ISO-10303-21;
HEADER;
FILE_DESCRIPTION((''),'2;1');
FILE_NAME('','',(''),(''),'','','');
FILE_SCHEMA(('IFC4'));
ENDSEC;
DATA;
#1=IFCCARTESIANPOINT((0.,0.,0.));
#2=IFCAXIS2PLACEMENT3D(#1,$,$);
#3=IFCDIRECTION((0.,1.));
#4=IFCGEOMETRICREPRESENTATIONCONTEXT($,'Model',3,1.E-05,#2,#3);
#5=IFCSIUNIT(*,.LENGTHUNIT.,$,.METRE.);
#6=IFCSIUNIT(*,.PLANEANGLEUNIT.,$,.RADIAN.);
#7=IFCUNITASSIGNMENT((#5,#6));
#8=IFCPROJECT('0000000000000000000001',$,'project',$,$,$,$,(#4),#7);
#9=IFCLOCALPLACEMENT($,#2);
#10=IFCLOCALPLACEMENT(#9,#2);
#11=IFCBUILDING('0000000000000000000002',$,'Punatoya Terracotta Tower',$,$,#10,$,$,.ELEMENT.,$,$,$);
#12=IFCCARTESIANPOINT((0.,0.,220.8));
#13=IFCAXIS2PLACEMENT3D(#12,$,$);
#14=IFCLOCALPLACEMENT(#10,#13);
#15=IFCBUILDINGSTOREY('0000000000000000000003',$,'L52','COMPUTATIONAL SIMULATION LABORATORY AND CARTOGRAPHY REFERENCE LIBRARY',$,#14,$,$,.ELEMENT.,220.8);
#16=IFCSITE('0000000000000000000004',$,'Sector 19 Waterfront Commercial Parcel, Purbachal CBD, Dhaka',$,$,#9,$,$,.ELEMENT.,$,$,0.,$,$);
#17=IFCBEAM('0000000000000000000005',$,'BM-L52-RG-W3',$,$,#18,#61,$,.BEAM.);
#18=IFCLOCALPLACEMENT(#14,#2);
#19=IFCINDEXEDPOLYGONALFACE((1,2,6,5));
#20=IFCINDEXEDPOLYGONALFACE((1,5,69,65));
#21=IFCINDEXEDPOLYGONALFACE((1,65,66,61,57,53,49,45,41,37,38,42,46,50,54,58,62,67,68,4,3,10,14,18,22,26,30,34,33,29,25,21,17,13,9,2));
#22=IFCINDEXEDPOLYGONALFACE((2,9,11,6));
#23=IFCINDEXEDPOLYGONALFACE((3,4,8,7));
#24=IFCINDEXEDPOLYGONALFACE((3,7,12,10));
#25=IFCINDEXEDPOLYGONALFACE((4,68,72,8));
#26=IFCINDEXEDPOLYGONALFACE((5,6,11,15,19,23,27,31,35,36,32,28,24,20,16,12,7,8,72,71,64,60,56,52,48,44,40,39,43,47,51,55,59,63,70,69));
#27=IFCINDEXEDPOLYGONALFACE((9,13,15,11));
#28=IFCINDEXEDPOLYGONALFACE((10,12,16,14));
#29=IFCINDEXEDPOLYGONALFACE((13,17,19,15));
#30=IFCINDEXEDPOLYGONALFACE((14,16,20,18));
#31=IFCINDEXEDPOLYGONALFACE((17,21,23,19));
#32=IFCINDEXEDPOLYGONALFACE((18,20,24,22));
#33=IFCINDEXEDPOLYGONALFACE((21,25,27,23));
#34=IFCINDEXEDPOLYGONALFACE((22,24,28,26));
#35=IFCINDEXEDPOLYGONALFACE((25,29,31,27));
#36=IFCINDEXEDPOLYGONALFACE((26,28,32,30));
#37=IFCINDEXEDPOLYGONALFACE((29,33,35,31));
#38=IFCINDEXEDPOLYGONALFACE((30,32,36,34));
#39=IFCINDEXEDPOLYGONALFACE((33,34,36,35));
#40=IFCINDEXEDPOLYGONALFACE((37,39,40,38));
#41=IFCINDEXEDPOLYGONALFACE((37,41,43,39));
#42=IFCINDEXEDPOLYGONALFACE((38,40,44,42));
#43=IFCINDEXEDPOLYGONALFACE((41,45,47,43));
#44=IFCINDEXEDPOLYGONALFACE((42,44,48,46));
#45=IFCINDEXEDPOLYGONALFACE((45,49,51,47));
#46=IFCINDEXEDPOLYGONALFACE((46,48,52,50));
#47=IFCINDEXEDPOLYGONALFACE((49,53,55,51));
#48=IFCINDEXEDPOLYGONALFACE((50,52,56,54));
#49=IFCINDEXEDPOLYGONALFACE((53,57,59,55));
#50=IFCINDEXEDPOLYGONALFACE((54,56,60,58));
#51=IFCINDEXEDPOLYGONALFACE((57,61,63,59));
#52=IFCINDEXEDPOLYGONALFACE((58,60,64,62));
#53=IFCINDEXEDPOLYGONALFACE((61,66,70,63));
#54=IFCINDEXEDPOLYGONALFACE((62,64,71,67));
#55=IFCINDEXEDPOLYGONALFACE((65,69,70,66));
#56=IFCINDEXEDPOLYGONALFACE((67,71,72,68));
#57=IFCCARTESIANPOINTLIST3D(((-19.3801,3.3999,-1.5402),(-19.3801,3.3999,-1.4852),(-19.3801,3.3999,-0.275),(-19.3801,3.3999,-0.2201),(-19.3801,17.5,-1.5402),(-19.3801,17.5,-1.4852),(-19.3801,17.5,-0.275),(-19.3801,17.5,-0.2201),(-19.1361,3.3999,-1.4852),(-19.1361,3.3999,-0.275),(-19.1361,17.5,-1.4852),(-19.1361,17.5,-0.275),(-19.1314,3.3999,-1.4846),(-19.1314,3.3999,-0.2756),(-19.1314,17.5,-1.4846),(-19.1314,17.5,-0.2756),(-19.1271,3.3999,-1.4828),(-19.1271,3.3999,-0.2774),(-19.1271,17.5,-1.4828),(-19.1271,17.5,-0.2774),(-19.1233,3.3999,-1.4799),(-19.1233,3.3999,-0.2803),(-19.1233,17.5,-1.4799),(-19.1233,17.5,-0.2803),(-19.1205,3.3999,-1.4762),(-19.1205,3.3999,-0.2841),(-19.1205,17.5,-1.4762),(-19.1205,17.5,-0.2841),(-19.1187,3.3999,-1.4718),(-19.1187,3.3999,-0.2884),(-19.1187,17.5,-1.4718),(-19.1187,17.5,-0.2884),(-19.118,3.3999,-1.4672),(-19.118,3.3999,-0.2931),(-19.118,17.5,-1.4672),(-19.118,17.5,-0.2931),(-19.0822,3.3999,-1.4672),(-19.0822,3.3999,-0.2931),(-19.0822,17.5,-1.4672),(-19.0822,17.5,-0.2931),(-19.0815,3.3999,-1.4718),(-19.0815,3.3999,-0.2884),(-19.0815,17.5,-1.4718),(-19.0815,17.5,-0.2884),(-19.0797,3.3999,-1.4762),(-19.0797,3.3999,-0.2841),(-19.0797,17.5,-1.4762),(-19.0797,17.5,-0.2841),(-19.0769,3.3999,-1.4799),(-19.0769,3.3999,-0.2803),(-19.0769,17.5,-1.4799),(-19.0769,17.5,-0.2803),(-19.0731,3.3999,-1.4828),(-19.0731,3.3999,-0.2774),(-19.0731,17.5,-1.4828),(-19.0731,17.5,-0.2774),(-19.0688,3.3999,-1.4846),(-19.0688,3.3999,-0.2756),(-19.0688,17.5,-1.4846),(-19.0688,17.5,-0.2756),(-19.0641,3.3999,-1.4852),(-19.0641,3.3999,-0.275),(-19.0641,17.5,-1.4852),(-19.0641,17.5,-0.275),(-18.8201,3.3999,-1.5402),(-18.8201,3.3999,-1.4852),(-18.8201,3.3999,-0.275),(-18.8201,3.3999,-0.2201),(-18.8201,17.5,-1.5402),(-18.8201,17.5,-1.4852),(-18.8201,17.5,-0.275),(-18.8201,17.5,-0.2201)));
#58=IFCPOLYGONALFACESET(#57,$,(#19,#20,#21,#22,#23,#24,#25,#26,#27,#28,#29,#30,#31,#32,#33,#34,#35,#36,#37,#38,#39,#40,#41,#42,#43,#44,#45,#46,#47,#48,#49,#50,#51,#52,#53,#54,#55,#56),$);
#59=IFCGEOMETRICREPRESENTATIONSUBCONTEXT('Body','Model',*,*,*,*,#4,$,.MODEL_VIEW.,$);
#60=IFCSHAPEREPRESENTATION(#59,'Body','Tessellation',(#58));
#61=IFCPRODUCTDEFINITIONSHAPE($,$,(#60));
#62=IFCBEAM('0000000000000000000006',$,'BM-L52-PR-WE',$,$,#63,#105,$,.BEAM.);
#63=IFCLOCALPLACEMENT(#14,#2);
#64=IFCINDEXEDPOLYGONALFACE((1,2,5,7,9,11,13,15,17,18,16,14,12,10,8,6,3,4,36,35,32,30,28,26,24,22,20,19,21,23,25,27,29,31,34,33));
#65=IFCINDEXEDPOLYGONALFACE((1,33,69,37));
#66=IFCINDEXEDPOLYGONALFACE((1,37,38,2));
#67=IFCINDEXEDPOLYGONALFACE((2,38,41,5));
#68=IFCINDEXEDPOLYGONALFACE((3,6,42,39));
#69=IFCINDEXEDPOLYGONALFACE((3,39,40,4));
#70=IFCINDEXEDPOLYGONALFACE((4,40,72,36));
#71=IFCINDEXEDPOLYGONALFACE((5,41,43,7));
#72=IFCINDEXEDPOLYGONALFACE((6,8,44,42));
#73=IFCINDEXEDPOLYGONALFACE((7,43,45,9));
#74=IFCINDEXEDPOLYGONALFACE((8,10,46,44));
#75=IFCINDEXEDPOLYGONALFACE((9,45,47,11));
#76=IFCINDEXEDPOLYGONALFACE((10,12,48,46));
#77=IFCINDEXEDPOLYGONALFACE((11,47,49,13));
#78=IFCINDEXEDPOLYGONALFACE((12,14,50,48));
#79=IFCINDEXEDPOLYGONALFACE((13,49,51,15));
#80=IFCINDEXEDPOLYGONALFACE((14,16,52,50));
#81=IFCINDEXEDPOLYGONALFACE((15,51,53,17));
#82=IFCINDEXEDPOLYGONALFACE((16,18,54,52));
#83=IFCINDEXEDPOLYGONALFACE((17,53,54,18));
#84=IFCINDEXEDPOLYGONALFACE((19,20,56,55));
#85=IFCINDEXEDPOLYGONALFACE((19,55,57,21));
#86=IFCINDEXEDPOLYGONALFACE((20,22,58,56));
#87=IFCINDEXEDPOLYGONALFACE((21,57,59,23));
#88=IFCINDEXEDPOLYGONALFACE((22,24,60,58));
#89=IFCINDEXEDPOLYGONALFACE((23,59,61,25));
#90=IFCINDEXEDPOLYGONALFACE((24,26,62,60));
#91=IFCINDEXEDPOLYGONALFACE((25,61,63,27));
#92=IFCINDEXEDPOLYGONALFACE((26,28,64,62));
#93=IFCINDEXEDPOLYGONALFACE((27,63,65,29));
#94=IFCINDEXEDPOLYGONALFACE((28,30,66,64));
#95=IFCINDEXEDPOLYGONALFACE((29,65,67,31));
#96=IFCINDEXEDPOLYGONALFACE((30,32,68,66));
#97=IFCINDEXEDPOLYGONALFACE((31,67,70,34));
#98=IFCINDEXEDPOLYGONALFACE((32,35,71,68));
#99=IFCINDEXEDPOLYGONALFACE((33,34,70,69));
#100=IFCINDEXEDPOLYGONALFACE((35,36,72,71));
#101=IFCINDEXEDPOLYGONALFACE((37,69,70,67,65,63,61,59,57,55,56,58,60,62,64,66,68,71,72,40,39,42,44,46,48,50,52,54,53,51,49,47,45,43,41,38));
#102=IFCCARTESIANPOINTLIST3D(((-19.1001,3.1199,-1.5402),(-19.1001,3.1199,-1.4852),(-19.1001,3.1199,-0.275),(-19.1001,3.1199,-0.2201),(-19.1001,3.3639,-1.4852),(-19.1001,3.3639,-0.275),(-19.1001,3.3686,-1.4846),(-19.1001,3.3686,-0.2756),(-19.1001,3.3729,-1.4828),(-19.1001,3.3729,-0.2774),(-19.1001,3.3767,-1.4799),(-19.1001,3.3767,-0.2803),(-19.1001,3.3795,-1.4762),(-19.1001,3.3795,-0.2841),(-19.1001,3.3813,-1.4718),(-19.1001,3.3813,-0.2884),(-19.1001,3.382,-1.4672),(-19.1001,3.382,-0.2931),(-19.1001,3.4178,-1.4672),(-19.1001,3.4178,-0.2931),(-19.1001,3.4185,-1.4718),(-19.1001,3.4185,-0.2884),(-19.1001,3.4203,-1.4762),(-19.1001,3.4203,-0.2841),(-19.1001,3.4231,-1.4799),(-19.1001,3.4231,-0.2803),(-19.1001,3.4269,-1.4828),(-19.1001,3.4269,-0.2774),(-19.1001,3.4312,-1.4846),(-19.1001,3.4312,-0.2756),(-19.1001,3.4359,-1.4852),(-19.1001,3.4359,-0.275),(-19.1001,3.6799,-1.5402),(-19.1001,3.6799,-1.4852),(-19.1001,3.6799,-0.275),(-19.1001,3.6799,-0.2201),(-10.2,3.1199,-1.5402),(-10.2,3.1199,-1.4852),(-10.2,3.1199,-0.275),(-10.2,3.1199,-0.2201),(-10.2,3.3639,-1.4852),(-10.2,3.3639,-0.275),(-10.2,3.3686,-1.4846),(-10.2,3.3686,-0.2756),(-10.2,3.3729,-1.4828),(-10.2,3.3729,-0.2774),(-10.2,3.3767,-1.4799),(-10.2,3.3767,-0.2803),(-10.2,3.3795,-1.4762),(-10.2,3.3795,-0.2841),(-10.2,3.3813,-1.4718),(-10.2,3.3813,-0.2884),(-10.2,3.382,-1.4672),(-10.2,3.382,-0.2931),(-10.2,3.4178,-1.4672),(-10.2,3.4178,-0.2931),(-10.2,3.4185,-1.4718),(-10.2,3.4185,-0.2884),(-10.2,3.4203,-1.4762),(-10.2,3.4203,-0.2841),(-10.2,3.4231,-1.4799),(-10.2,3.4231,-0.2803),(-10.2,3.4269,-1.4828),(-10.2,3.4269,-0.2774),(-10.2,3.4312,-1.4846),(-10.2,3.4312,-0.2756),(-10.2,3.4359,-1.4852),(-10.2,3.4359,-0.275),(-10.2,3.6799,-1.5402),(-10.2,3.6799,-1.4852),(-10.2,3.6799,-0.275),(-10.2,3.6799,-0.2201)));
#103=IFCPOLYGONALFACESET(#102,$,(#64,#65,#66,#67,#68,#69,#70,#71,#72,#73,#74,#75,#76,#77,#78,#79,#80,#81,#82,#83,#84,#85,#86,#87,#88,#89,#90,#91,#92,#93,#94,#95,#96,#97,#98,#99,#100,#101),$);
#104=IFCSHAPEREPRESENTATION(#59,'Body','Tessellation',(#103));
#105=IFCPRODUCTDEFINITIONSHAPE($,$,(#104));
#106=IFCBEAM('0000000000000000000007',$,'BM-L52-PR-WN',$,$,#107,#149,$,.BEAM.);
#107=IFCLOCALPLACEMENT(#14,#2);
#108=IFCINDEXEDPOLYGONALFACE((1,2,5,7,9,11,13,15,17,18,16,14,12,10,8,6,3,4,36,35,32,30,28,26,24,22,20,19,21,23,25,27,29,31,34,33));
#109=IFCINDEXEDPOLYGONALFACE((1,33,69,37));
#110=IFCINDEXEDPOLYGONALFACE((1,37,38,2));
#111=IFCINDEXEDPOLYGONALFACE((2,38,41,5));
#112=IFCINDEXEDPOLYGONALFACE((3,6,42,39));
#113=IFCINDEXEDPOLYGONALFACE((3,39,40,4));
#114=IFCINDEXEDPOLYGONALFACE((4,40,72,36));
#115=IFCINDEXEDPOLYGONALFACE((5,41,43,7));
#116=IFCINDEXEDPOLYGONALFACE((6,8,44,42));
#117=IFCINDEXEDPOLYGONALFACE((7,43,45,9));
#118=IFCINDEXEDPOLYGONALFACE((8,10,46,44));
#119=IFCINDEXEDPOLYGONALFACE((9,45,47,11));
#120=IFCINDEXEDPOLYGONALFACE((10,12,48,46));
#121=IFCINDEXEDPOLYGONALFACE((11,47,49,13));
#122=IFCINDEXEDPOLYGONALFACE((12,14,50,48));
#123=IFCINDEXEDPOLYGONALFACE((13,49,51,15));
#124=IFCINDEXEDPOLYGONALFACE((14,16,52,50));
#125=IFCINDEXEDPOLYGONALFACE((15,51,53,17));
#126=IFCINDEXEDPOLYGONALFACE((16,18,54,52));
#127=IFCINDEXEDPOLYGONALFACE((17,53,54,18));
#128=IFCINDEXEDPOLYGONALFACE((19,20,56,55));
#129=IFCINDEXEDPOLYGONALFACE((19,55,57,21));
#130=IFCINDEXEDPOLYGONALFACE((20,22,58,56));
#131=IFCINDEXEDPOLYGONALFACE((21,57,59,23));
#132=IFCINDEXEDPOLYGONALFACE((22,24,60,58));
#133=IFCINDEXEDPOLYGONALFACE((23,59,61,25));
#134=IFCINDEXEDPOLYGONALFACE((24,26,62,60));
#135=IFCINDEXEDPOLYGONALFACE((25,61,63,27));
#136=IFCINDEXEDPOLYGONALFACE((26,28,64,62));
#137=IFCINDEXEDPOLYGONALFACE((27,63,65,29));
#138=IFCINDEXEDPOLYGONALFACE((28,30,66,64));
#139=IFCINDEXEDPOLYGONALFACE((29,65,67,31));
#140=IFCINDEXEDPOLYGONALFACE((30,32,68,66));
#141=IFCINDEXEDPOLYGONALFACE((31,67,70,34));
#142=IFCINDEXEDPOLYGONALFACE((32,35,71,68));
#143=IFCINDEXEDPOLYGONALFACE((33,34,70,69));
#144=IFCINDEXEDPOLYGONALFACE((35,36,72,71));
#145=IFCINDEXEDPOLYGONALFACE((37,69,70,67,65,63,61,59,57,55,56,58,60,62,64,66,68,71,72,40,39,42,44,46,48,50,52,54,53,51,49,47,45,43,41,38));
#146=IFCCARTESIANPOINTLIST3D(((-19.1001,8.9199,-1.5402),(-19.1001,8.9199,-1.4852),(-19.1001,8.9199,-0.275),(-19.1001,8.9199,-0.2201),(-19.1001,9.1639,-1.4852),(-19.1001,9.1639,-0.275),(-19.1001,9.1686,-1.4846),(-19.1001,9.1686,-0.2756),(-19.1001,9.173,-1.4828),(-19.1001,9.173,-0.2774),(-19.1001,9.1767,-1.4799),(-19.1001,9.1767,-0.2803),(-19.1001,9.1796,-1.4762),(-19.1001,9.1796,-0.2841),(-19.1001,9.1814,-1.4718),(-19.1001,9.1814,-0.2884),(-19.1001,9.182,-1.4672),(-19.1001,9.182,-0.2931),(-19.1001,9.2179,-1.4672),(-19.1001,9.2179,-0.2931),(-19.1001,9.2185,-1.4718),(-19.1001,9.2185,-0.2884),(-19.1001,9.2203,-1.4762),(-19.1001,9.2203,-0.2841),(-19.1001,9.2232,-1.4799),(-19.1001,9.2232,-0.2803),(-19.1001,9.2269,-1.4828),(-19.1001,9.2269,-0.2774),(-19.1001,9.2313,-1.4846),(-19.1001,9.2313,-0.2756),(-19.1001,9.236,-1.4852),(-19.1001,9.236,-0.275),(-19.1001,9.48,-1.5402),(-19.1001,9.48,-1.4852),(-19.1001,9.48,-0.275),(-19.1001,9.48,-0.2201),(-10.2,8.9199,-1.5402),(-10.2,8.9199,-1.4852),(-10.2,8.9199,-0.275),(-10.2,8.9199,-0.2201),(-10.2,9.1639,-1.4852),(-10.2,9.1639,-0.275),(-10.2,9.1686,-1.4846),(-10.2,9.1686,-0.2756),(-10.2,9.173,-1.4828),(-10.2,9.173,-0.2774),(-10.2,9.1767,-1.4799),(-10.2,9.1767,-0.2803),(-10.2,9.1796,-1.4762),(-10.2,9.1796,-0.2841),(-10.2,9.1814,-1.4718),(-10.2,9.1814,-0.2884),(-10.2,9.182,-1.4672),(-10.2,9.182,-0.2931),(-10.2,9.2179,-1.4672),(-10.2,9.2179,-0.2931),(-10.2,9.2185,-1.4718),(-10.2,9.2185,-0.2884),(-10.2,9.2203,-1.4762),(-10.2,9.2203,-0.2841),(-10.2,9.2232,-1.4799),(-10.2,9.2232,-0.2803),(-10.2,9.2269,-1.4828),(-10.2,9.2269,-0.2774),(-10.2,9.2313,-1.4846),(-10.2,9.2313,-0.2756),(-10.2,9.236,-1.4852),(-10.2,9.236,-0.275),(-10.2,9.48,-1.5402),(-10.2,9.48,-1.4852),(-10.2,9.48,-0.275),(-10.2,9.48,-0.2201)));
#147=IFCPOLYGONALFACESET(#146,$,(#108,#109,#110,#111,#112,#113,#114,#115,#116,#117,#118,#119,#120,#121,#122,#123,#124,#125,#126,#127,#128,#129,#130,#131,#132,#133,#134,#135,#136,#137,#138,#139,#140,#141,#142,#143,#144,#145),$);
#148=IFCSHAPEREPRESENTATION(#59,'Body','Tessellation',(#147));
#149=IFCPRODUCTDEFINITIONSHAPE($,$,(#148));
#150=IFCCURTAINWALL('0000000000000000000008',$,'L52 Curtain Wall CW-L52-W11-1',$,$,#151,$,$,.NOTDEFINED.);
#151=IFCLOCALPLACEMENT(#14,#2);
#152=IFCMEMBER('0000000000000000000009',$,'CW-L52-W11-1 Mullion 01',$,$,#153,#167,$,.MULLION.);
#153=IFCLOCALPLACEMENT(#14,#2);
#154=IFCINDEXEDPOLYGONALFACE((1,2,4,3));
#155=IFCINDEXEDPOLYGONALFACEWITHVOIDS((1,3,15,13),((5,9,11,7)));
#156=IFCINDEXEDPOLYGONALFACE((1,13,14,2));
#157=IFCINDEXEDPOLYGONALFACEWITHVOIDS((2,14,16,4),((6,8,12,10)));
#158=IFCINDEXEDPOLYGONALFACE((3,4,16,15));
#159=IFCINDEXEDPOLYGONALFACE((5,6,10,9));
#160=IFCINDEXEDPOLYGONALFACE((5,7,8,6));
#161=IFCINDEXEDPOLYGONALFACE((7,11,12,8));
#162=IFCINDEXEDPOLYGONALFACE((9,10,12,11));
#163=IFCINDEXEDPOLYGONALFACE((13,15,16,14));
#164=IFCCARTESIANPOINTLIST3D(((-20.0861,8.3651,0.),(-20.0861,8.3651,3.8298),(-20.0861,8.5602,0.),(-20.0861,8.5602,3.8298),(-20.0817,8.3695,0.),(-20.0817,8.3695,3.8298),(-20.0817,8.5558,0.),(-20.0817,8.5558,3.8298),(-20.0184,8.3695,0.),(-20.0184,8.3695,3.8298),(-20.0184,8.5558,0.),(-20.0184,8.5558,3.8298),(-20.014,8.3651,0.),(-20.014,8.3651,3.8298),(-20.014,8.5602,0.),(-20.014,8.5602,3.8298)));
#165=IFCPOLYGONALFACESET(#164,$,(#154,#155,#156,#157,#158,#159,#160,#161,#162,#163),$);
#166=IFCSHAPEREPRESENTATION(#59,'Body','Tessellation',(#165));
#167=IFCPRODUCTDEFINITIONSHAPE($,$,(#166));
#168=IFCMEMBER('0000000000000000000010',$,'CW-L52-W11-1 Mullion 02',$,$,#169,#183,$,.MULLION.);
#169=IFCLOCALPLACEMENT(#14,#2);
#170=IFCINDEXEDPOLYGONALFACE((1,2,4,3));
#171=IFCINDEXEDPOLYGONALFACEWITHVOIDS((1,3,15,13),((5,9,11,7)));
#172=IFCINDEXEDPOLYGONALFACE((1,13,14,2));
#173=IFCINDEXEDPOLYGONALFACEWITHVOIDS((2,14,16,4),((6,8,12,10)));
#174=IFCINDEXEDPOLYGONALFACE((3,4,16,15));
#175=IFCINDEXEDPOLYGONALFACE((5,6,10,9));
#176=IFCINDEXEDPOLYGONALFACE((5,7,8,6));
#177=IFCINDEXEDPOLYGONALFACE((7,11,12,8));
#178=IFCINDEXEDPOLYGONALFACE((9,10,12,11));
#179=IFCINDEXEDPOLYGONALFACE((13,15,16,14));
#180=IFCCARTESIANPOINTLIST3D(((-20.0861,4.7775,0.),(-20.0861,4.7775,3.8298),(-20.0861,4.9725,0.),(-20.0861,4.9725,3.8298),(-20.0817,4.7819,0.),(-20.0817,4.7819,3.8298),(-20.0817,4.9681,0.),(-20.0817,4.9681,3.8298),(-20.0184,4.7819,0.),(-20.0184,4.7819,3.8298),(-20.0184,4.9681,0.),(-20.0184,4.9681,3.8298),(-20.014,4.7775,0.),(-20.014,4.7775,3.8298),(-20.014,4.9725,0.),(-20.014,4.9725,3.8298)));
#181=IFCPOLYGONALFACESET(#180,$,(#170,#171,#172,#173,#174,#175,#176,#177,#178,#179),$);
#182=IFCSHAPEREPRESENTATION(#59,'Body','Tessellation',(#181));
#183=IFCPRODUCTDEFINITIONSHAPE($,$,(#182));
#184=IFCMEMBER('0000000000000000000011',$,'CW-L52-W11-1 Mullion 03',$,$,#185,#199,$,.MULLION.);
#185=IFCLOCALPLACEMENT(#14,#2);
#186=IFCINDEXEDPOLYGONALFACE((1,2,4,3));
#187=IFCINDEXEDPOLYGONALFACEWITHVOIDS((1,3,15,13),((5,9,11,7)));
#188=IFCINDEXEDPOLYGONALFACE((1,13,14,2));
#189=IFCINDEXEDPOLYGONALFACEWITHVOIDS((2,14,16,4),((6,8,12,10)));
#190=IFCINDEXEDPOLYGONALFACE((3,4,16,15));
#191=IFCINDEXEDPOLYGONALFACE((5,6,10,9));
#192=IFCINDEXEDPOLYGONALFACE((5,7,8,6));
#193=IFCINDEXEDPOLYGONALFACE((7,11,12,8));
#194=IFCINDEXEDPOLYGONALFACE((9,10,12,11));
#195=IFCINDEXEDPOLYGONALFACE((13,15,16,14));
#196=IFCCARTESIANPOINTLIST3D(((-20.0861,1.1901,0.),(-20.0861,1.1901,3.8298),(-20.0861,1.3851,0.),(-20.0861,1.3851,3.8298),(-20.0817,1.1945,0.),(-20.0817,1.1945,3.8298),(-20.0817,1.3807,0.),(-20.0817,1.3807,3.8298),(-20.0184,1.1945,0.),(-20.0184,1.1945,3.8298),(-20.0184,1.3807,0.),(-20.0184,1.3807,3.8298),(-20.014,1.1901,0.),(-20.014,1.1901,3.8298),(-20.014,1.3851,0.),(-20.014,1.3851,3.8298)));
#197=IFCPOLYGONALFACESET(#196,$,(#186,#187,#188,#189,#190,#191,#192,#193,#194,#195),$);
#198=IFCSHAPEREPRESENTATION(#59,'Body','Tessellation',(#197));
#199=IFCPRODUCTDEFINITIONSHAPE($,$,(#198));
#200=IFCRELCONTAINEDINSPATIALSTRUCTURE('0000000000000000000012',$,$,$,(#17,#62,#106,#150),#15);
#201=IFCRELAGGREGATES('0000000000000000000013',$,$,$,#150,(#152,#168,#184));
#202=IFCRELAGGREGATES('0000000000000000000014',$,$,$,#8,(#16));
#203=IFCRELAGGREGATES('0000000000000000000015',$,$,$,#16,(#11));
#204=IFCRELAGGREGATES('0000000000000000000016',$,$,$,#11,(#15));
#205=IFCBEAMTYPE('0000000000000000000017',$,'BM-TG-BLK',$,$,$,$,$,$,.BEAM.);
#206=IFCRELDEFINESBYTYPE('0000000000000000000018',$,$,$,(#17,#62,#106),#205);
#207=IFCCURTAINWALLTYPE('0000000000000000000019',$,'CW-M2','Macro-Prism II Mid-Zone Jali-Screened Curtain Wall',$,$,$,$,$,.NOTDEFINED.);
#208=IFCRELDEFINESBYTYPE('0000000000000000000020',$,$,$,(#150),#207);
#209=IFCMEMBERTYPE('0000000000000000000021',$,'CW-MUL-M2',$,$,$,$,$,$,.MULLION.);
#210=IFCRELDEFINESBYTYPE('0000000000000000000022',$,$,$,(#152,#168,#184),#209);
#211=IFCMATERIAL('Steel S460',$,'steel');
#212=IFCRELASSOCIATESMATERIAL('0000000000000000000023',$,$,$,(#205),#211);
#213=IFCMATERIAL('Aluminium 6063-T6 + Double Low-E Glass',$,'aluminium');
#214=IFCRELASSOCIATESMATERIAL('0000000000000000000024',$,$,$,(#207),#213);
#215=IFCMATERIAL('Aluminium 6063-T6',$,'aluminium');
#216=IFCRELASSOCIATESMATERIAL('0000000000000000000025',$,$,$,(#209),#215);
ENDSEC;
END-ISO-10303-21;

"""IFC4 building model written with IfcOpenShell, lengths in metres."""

from ifc_helpers import new_model, si_unit, direction, frame, origin, origin_2d, place, context, subcontext, project, spatial, hollow_rectangle, i_section, extrude, material, material_profile, profile_set, type_object, element, aggregate, save


model = new_model("IFC4")

# Units and contexts
model_context = context("Model", 3, precision=1e-05, world=origin(), true_north=direction((0.0, 1.0)))
body_context = subcontext(model_context, "Body", "Model", "MODEL_VIEW")
ifc_project = project(units=[si_unit("LENGTHUNIT", "METRE"), si_unit("PLANEANGLEUNIT", "RADIAN")], contexts=[model_context])

# Site, building, storey
site_placement = place(None, origin())
site = spatial("IfcSite", under=ifc_project, at=site_placement, Name="Sector 19 Waterfront Commercial Parcel, Purbachal CBD, Dhaka", CompositionType="ELEMENT", RefElevation=0.0)
building_placement = place(site_placement, origin())
building = spatial("IfcBuilding", under=site, at=building_placement, Name="Punatoya Terracotta Tower", CompositionType="ELEMENT")
storey_placement = place(building_placement, frame((0.0, 0.0, 220.8)))
storey = spatial("IfcBuildingStorey", under=building, at=storey_placement, Name="L52", Description="COMPUTATIONAL SIMULATION LABORATORY AND CARTOGRAPHY REFERENCE LIBRARY", CompositionType="ELEMENT", Elevation=220.8)

# Shared definitions
ifc_material_1 = material(Name="Steel S460", Category="steel")

# Beams
ifc_material_profile_1 = material_profile(ifc_material_1, i_section(OverallWidth=0.5601, OverallDepth=1.3201, WebThickness=0.0359, FlangeThickness=0.0549, FilletRadius=0.0181, at=origin_2d()))
ifc_profile_set_1 = profile_set([ifc_material_profile_1], Name="Steel S460")
beam_type_1 = type_object("IfcBeamType", Name="BM-TG-BLK", PredefinedType="BEAM", material=ifc_profile_set_1)
beam_1_placement = place(storey_placement, frame((-19.1001, 3.3999, -0.8801), z_axis=(0.0, 1.0, 0.0), x_axis=(-1.0, 0.0, 0.0)))
element("IfcBeam", 1, at=beam_1_placement, inside=storey, type_object=beam_type_1, Name="BM-L52-RG-W3", PredefinedType="BEAM", context=body_context, shape_type="SweptSolid", body=[
    extrude(i_section(OverallWidth=0.5601, OverallDepth=1.3201, WebThickness=0.0359, FlangeThickness=0.0549, FilletRadius=0.0181, at=origin_2d()), origin(), (0.0, 0.0, 1.0), 14.1001),
])
for number, where, z_axis, x_axis, name in (
    (2, (-19.1001, 3.3999, -0.8801), (1.0, 0.0, 0.0), (0.0, 1.0, 0.0), "BM-L52-PR-WE"),
    (3, (-19.1001, 9.2, -0.8801), (1.0, 0.0, 0.0), (0.0, 1.0, 0.0), "BM-L52-PR-WN"),
):
    element("IfcBeam", number, at=place(storey_placement, frame(where, z_axis=z_axis, x_axis=x_axis)), inside=storey, type_object=beam_type_1, Name=name, PredefinedType="BEAM", context=body_context, shape_type="SweptSolid", body=[
        extrude(i_section(OverallWidth=0.5601, OverallDepth=1.3201, WebThickness=0.0359, FlangeThickness=0.0549, FilletRadius=0.0181, at=origin_2d()), origin(), (0.0, 0.0, 1.0), 8.9001),
    ])

# Curtain wall, members
ifc_material_2 = material(Name="Aluminium 6063-T6 + Double Low-E Glass", Category="aluminium")
curtain_wall_type = type_object("IfcCurtainWallType", Name="CW-M2", Description="Macro-Prism II Mid-Zone Jali-Screened Curtain Wall", PredefinedType="NOTDEFINED", material=ifc_material_2)
curtain_wall_placement = place(storey_placement, origin())
curtain_wall = element("IfcCurtainWall", 4, at=curtain_wall_placement, inside=storey, type_object=curtain_wall_type, Name="L52 Curtain Wall CW-L52-W11-1", PredefinedType="NOTDEFINED")
ifc_material_3 = material(Name="Aluminium 6063-T6", Category="aluminium")
ifc_material_profile_2 = material_profile(ifc_material_3, hollow_rectangle(XDim=0.072, YDim=0.1951, WallThickness=0.0044, at=origin_2d()))
ifc_profile_set_2 = profile_set([ifc_material_profile_2], Name="Aluminium 6063-T6")
member_type = type_object("IfcMemberType", Name="CW-MUL-M2", PredefinedType="MULLION", material=ifc_profile_set_2)
member_1_placement = place(storey_placement, frame((-20.05, 8.4626, 0.0), z_axis=(0.0, 0.0, 1.0), x_axis=(1.0, 0.0, 0.0)))
member_1 = element("IfcMember", 5, at=member_1_placement, type_object=member_type, Name="CW-L52-W11-1 Mullion 01", PredefinedType="MULLION", context=body_context, shape_type="SweptSolid", body=[
    extrude(hollow_rectangle(XDim=0.072, YDim=0.1951, WallThickness=0.0044, at=origin_2d()), origin(), (0.0, 0.0, 1.0), 3.8298),
])
member_2_placement = place(storey_placement, frame((-20.05, 4.875, 0.0), z_axis=(0.0, 0.0, 1.0), x_axis=(1.0, 0.0, 0.0)))
member_2 = element("IfcMember", 6, at=member_2_placement, type_object=member_type, Name="CW-L52-W11-1 Mullion 02", PredefinedType="MULLION", context=body_context, shape_type="SweptSolid", body=[
    extrude(hollow_rectangle(XDim=0.072, YDim=0.1951, WallThickness=0.0044, at=origin_2d()), origin(), (0.0, 0.0, 1.0), 3.8298),
])
member_3_placement = place(storey_placement, frame((-20.05, 1.2876, 0.0), z_axis=(0.0, 0.0, 1.0), x_axis=(1.0, 0.0, 0.0)))
member_3 = element("IfcMember", 7, at=member_3_placement, type_object=member_type, Name="CW-L52-W11-1 Mullion 03", PredefinedType="MULLION", context=body_context, shape_type="SweptSolid", body=[
    extrude(hollow_rectangle(XDim=0.072, YDim=0.1951, WallThickness=0.0044, at=origin_2d()), origin(), (0.0, 0.0, 1.0), 3.8298),
])
aggregate(curtain_wall, [member_1, member_2, member_3])

save(model, "model.ifc")
